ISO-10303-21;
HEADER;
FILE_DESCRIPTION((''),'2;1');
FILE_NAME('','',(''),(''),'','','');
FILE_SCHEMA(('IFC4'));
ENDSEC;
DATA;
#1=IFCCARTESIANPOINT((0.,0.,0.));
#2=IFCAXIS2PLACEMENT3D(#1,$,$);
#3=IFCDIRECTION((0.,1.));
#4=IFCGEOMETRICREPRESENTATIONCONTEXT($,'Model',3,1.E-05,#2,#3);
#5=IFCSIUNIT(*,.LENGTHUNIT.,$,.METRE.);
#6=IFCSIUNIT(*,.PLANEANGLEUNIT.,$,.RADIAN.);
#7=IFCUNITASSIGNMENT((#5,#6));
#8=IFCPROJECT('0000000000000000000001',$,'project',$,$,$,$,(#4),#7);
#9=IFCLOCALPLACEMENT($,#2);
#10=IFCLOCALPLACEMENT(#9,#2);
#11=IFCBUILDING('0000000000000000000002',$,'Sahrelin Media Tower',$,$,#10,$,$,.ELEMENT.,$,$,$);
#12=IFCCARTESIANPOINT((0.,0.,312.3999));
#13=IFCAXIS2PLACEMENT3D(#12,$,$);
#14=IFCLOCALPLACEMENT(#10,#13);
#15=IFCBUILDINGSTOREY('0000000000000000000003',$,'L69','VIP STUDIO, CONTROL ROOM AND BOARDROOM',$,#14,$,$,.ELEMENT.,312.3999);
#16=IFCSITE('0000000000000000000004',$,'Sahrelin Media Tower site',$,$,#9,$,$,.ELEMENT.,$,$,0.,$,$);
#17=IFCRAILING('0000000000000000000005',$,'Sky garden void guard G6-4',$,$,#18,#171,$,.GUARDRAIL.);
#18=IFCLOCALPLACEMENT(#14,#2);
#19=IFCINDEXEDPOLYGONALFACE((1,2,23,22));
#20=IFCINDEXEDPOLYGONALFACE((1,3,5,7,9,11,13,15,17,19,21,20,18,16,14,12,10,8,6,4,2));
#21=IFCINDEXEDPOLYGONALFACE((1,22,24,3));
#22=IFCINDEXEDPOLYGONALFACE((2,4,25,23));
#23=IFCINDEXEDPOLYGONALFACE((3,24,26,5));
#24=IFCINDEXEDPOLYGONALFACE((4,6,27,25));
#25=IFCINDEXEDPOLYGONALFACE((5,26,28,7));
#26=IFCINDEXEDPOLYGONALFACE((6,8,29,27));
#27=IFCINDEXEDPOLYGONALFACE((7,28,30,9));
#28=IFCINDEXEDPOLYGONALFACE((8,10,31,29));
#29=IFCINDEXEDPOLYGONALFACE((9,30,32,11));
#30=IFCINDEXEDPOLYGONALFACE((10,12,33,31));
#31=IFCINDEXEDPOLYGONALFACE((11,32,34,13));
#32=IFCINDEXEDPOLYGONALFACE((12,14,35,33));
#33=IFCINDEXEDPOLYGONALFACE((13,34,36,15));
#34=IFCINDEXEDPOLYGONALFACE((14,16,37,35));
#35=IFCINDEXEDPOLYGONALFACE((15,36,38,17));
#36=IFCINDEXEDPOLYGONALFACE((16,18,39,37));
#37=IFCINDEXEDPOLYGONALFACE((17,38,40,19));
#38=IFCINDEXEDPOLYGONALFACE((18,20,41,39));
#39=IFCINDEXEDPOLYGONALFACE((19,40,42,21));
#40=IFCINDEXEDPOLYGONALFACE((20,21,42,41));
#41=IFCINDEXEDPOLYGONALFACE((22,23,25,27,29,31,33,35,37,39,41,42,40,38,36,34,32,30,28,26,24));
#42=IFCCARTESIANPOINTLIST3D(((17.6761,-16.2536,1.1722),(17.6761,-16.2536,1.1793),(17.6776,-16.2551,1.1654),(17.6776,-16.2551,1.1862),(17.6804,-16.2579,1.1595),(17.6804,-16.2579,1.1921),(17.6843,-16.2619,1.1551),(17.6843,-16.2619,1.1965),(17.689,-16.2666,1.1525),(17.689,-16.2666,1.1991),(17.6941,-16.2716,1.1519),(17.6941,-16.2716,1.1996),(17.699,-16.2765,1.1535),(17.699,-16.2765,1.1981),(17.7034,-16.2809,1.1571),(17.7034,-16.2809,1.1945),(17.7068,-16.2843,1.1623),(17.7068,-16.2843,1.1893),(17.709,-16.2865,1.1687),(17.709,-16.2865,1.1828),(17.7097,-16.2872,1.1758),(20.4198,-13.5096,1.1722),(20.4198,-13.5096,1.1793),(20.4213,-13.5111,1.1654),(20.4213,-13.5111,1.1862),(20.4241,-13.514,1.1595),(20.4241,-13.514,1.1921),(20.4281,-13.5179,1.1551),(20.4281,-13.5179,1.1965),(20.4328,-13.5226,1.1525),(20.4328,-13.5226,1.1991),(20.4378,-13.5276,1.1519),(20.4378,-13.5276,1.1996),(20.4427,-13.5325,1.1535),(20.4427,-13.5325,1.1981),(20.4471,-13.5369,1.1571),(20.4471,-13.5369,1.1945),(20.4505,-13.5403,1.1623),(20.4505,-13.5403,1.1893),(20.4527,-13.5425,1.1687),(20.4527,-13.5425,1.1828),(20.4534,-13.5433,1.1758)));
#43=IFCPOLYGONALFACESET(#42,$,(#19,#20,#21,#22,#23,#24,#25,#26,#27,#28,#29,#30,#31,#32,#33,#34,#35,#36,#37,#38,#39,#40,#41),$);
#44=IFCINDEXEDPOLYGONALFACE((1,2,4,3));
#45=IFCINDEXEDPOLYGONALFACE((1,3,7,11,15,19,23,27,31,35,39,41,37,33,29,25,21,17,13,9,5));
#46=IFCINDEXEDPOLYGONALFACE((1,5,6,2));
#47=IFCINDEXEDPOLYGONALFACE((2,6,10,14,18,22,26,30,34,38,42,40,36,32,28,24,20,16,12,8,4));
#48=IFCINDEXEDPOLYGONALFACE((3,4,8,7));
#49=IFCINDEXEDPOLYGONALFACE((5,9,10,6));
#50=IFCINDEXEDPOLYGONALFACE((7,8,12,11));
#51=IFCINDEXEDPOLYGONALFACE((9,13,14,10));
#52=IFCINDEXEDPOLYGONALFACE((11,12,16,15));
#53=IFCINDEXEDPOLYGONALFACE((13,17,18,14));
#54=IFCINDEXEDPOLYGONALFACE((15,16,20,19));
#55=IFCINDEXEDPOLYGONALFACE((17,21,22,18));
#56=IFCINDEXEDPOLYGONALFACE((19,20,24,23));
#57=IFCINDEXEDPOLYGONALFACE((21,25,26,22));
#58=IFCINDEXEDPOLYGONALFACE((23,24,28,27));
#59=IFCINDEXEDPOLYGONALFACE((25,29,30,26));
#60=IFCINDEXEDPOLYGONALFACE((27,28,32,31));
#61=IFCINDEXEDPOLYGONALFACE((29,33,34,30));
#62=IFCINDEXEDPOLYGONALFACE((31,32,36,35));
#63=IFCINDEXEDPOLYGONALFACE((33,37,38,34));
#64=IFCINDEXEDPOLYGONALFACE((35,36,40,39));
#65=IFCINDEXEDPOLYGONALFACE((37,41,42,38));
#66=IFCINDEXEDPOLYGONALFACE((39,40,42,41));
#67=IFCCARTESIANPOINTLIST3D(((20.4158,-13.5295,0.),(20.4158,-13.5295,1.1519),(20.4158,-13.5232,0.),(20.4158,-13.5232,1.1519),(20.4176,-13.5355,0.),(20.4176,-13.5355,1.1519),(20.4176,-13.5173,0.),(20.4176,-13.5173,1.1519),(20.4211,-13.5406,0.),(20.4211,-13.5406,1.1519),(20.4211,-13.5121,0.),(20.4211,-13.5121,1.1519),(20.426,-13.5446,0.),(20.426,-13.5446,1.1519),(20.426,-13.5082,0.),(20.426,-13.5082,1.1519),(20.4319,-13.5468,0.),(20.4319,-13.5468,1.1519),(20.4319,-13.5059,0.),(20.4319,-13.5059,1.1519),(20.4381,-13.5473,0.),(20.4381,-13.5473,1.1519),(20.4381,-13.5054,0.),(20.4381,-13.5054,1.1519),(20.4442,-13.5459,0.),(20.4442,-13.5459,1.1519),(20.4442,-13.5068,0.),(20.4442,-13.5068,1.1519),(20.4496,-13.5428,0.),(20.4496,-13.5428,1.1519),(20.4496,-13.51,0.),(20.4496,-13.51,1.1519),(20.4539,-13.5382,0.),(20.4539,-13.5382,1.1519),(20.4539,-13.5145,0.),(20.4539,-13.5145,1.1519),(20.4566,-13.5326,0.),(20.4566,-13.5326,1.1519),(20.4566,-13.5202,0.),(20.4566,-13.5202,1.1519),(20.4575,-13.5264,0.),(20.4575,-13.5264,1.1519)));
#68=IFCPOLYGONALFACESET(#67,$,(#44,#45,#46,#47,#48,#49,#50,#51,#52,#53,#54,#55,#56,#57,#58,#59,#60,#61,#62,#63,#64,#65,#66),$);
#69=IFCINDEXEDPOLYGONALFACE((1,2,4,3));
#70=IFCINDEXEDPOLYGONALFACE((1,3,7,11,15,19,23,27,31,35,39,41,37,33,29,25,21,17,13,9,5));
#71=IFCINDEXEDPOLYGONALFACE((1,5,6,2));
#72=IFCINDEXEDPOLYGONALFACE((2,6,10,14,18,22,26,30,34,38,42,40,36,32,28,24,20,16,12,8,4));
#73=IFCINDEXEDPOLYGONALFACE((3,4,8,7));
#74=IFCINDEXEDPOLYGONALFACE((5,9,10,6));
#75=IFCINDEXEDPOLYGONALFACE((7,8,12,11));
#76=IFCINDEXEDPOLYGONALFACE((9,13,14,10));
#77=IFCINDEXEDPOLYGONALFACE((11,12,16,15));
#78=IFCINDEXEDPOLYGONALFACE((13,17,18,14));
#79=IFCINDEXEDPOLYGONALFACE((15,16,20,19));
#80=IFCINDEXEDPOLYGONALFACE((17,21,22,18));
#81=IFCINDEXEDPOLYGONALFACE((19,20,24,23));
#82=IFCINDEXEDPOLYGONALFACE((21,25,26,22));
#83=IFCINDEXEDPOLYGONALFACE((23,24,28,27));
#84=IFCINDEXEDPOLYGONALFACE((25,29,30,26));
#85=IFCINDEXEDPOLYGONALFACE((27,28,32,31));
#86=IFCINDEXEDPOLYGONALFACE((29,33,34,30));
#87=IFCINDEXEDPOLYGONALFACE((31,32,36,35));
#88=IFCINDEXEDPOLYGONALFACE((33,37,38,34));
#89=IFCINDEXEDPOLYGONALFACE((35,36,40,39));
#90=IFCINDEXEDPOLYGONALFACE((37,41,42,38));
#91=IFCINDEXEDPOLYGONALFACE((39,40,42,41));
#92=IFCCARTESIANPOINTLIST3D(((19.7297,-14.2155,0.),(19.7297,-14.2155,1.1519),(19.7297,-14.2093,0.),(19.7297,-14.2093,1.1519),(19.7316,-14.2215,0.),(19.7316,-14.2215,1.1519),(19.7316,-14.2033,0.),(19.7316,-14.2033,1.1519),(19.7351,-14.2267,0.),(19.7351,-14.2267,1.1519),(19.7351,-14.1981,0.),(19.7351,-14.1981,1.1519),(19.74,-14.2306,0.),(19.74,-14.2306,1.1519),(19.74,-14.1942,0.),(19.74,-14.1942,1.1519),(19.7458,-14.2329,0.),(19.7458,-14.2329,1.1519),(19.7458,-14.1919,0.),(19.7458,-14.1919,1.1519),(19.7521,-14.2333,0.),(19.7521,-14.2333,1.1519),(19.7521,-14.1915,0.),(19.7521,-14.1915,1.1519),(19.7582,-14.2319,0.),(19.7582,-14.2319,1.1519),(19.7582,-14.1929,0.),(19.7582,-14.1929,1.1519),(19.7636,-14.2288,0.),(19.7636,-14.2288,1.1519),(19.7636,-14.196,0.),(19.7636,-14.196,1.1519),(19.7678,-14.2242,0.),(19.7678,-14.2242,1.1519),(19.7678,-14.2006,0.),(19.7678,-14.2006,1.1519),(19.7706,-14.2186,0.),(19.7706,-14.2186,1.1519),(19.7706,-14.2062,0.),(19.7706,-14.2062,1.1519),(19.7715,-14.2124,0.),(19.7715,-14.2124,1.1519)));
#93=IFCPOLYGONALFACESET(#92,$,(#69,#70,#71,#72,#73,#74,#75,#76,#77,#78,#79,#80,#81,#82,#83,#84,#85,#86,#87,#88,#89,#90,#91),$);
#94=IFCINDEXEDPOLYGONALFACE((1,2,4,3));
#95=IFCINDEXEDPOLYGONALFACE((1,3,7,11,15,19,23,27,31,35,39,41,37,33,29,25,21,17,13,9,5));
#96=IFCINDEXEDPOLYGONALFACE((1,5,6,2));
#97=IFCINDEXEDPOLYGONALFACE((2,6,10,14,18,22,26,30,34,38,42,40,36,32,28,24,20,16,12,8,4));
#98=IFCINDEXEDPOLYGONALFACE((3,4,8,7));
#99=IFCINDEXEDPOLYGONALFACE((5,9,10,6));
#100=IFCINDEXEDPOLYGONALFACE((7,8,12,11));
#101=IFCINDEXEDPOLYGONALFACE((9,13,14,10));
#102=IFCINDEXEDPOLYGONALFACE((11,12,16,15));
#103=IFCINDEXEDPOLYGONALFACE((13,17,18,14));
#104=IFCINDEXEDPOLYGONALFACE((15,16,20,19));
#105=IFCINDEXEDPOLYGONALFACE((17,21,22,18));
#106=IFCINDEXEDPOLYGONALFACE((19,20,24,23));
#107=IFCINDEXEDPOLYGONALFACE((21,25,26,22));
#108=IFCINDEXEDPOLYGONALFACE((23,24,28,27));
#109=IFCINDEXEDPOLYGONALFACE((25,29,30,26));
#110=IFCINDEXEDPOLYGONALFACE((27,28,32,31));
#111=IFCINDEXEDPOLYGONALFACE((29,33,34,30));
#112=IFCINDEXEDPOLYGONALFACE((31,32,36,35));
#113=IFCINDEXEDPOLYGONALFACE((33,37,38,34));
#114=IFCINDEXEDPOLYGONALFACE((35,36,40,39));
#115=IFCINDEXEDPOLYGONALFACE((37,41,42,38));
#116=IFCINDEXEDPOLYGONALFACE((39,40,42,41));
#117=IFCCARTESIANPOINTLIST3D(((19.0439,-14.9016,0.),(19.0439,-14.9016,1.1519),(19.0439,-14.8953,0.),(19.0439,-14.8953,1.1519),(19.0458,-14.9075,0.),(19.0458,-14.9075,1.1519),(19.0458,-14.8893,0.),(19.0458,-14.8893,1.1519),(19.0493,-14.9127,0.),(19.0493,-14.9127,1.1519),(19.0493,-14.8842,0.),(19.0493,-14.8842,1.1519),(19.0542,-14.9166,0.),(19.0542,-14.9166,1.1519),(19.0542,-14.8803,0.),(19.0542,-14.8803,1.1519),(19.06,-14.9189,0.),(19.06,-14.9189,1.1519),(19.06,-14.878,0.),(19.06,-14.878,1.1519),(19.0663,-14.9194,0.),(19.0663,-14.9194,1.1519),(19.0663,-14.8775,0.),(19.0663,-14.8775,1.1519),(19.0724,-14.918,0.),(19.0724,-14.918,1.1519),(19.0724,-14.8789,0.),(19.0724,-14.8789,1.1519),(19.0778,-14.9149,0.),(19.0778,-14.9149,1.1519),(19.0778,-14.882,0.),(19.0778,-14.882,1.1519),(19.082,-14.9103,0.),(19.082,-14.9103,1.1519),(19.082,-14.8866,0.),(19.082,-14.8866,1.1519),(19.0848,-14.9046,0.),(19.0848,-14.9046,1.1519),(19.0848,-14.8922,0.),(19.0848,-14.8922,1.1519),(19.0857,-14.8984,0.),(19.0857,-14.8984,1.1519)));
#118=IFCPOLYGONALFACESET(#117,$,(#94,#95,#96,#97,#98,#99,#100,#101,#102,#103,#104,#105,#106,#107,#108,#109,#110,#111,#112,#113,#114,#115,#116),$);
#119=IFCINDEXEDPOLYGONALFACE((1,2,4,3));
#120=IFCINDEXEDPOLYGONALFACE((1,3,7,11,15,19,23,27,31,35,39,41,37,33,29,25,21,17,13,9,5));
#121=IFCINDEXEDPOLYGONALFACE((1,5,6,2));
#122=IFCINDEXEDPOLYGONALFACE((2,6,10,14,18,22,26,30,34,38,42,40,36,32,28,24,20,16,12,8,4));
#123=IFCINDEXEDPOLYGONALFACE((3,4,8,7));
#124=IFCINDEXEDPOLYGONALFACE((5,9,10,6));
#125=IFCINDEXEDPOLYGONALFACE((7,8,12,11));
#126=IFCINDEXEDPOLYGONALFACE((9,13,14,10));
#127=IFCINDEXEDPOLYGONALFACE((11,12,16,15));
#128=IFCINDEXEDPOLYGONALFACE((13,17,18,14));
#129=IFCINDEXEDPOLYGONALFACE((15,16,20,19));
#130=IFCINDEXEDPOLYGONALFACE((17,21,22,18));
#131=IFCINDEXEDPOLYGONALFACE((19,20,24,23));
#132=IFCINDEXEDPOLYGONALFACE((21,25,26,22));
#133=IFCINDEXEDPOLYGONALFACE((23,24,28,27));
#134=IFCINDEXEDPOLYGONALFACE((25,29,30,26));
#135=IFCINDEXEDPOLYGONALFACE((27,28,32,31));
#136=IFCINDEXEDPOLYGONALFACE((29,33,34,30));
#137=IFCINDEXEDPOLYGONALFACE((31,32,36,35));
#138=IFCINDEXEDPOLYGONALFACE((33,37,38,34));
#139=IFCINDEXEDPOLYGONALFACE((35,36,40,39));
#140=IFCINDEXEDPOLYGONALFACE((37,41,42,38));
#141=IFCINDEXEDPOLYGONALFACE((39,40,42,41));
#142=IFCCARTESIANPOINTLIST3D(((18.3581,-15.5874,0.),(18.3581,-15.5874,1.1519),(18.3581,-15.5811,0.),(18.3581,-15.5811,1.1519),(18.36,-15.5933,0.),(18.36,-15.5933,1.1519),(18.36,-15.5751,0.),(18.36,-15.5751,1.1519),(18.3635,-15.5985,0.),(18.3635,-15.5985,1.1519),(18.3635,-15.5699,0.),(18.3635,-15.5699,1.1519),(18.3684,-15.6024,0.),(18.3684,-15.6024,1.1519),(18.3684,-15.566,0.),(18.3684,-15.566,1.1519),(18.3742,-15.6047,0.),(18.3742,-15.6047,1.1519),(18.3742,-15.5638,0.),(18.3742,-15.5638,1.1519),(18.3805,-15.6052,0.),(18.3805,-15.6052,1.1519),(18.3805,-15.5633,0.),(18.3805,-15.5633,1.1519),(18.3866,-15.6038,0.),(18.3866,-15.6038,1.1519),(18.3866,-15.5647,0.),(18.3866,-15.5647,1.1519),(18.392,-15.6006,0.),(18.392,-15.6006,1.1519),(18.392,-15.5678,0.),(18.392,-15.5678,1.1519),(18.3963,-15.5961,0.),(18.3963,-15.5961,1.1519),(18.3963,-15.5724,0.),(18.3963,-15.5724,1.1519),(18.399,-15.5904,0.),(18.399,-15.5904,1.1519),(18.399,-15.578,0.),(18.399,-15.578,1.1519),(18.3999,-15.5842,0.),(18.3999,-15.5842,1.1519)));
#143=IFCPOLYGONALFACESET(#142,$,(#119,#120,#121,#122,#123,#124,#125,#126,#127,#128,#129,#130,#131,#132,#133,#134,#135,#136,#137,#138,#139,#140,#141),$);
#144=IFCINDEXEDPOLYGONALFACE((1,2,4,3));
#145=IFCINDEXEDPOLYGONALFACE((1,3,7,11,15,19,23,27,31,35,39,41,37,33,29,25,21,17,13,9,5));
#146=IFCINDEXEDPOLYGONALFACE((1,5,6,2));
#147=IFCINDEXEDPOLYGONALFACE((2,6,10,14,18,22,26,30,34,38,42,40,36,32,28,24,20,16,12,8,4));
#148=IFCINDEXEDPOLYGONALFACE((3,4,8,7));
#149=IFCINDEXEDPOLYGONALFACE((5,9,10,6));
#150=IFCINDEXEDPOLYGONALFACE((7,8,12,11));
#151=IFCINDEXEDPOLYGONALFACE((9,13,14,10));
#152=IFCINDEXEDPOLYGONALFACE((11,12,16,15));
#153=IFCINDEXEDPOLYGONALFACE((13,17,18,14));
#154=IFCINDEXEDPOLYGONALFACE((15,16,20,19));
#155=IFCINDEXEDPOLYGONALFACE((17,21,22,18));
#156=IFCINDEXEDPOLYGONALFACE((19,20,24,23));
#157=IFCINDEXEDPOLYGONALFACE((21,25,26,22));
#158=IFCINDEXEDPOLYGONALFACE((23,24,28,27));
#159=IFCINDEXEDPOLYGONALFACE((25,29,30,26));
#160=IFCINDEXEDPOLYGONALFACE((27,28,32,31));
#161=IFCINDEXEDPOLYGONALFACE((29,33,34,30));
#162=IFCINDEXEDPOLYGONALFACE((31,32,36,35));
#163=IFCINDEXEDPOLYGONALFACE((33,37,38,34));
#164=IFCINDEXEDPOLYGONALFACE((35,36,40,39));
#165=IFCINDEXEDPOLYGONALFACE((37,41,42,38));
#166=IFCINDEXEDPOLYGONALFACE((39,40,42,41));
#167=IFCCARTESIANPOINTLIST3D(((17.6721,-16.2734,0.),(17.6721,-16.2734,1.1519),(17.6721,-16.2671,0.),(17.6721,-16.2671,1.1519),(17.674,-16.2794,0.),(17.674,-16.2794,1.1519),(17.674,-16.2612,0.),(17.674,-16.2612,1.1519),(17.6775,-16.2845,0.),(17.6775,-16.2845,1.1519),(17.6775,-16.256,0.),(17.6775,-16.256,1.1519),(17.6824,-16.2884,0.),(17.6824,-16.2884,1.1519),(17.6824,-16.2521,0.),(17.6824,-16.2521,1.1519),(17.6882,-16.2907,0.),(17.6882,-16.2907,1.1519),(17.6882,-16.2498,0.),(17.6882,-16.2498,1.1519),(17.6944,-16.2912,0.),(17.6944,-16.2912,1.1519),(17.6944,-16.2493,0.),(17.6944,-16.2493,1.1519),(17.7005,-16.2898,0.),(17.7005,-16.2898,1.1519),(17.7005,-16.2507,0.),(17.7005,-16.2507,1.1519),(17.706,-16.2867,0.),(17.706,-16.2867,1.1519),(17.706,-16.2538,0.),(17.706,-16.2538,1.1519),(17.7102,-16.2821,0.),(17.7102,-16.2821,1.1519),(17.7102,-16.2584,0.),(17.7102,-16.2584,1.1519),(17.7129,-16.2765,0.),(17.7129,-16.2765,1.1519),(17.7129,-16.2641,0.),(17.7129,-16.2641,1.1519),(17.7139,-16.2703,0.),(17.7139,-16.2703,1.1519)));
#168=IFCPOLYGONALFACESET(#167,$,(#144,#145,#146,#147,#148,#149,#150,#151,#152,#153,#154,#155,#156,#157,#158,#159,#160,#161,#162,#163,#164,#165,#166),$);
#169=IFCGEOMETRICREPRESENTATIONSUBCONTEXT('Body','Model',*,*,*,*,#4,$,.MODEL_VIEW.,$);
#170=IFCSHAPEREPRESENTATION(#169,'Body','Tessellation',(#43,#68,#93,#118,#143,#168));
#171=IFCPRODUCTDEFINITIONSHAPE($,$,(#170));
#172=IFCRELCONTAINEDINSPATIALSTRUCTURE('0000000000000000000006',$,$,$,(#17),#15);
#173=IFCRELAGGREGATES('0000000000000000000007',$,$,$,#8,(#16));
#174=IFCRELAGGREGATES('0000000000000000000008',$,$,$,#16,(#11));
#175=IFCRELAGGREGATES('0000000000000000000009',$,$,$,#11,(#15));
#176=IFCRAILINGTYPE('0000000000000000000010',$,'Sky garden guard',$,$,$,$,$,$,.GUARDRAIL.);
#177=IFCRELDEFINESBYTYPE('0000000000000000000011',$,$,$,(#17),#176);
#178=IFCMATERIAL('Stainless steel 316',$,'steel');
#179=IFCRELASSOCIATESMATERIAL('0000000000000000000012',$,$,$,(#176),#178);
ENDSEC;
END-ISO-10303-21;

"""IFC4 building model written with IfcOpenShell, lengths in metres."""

from ifc_helpers import new_model, si_unit, direction, frame, origin, origin_2d, place, context, subcontext, project, spatial, circle, extrude, material, type_object, element, save


model = new_model("IFC4")

# Units and contexts
model_context = context("Model", 3, precision=1e-05, world=origin(), true_north=direction((0.0, 1.0)))
body_context = subcontext(model_context, "Body", "Model", "MODEL_VIEW")
ifc_project = project(units=[si_unit("LENGTHUNIT", "METRE"), si_unit("PLANEANGLEUNIT", "RADIAN")], contexts=[model_context])

# Site, building, storey
site_placement = place(None, origin())
site = spatial("IfcSite", under=ifc_project, at=site_placement, Name="Sahrelin Media Tower site", CompositionType="ELEMENT", RefElevation=0.0)
building_placement = place(site_placement, origin())
building = spatial("IfcBuilding", under=site, at=building_placement, Name="Sahrelin Media Tower", CompositionType="ELEMENT")
storey_placement = place(building_placement, frame((0.0, 0.0, 312.3999)))
storey = spatial("IfcBuildingStorey", under=building, at=storey_placement, Name="L69", Description="VIP STUDIO, CONTROL ROOM AND BOARDROOM", CompositionType="ELEMENT", Elevation=312.3999)

# Railing
ifc_material_1 = material(Name="Stainless steel 316", Category="steel")
railing_type_1 = type_object("IfcRailingType", Name="Sky garden guard", PredefinedType="GUARDRAIL", material=ifc_material_1)
railing_1_placement = place(storey_placement, frame((20.4365, -13.5264, 0.0)))
element("IfcRailing", 1, at=railing_1_placement, inside=storey, type_object=railing_type_1, Name="Sky garden void guard G6-4", PredefinedType="GUARDRAIL", context=body_context, shape_type="SweptSolid", body=[
    extrude(circle(Radius=0.0239, at=origin_2d()), frame((0.0, 0.0, 1.1758), z_axis=(-0.707075, -0.707138, 0.0), x_axis=(0.707138, -0.707075, 0.0)), (0.0, 0.0, 1.0), 3.8804),
    extrude(circle(Radius=0.021, at=origin_2d()), origin(), (0.0, 0.0, 1.0), 1.1519),
    extrude(circle(Radius=0.021, at=origin_2d()), frame((-0.686, -0.686, 0.0)), (0.0, 0.0, 1.0), 1.1519),
    extrude(circle(Radius=0.021, at=origin_2d()), frame((-1.3718, -1.3721, 0.0)), (0.0, 0.0, 1.0), 1.1519),
    extrude(circle(Radius=0.021, at=origin_2d()), frame((-2.0576, -2.0579, 0.0)), (0.0, 0.0, 1.0), 1.1519),
    extrude(circle(Radius=0.021, at=origin_2d()), frame((-2.7437, -2.7439, 0.0)), (0.0, 0.0, 1.0), 1.1519),
])

save(model, "model.ifc")
